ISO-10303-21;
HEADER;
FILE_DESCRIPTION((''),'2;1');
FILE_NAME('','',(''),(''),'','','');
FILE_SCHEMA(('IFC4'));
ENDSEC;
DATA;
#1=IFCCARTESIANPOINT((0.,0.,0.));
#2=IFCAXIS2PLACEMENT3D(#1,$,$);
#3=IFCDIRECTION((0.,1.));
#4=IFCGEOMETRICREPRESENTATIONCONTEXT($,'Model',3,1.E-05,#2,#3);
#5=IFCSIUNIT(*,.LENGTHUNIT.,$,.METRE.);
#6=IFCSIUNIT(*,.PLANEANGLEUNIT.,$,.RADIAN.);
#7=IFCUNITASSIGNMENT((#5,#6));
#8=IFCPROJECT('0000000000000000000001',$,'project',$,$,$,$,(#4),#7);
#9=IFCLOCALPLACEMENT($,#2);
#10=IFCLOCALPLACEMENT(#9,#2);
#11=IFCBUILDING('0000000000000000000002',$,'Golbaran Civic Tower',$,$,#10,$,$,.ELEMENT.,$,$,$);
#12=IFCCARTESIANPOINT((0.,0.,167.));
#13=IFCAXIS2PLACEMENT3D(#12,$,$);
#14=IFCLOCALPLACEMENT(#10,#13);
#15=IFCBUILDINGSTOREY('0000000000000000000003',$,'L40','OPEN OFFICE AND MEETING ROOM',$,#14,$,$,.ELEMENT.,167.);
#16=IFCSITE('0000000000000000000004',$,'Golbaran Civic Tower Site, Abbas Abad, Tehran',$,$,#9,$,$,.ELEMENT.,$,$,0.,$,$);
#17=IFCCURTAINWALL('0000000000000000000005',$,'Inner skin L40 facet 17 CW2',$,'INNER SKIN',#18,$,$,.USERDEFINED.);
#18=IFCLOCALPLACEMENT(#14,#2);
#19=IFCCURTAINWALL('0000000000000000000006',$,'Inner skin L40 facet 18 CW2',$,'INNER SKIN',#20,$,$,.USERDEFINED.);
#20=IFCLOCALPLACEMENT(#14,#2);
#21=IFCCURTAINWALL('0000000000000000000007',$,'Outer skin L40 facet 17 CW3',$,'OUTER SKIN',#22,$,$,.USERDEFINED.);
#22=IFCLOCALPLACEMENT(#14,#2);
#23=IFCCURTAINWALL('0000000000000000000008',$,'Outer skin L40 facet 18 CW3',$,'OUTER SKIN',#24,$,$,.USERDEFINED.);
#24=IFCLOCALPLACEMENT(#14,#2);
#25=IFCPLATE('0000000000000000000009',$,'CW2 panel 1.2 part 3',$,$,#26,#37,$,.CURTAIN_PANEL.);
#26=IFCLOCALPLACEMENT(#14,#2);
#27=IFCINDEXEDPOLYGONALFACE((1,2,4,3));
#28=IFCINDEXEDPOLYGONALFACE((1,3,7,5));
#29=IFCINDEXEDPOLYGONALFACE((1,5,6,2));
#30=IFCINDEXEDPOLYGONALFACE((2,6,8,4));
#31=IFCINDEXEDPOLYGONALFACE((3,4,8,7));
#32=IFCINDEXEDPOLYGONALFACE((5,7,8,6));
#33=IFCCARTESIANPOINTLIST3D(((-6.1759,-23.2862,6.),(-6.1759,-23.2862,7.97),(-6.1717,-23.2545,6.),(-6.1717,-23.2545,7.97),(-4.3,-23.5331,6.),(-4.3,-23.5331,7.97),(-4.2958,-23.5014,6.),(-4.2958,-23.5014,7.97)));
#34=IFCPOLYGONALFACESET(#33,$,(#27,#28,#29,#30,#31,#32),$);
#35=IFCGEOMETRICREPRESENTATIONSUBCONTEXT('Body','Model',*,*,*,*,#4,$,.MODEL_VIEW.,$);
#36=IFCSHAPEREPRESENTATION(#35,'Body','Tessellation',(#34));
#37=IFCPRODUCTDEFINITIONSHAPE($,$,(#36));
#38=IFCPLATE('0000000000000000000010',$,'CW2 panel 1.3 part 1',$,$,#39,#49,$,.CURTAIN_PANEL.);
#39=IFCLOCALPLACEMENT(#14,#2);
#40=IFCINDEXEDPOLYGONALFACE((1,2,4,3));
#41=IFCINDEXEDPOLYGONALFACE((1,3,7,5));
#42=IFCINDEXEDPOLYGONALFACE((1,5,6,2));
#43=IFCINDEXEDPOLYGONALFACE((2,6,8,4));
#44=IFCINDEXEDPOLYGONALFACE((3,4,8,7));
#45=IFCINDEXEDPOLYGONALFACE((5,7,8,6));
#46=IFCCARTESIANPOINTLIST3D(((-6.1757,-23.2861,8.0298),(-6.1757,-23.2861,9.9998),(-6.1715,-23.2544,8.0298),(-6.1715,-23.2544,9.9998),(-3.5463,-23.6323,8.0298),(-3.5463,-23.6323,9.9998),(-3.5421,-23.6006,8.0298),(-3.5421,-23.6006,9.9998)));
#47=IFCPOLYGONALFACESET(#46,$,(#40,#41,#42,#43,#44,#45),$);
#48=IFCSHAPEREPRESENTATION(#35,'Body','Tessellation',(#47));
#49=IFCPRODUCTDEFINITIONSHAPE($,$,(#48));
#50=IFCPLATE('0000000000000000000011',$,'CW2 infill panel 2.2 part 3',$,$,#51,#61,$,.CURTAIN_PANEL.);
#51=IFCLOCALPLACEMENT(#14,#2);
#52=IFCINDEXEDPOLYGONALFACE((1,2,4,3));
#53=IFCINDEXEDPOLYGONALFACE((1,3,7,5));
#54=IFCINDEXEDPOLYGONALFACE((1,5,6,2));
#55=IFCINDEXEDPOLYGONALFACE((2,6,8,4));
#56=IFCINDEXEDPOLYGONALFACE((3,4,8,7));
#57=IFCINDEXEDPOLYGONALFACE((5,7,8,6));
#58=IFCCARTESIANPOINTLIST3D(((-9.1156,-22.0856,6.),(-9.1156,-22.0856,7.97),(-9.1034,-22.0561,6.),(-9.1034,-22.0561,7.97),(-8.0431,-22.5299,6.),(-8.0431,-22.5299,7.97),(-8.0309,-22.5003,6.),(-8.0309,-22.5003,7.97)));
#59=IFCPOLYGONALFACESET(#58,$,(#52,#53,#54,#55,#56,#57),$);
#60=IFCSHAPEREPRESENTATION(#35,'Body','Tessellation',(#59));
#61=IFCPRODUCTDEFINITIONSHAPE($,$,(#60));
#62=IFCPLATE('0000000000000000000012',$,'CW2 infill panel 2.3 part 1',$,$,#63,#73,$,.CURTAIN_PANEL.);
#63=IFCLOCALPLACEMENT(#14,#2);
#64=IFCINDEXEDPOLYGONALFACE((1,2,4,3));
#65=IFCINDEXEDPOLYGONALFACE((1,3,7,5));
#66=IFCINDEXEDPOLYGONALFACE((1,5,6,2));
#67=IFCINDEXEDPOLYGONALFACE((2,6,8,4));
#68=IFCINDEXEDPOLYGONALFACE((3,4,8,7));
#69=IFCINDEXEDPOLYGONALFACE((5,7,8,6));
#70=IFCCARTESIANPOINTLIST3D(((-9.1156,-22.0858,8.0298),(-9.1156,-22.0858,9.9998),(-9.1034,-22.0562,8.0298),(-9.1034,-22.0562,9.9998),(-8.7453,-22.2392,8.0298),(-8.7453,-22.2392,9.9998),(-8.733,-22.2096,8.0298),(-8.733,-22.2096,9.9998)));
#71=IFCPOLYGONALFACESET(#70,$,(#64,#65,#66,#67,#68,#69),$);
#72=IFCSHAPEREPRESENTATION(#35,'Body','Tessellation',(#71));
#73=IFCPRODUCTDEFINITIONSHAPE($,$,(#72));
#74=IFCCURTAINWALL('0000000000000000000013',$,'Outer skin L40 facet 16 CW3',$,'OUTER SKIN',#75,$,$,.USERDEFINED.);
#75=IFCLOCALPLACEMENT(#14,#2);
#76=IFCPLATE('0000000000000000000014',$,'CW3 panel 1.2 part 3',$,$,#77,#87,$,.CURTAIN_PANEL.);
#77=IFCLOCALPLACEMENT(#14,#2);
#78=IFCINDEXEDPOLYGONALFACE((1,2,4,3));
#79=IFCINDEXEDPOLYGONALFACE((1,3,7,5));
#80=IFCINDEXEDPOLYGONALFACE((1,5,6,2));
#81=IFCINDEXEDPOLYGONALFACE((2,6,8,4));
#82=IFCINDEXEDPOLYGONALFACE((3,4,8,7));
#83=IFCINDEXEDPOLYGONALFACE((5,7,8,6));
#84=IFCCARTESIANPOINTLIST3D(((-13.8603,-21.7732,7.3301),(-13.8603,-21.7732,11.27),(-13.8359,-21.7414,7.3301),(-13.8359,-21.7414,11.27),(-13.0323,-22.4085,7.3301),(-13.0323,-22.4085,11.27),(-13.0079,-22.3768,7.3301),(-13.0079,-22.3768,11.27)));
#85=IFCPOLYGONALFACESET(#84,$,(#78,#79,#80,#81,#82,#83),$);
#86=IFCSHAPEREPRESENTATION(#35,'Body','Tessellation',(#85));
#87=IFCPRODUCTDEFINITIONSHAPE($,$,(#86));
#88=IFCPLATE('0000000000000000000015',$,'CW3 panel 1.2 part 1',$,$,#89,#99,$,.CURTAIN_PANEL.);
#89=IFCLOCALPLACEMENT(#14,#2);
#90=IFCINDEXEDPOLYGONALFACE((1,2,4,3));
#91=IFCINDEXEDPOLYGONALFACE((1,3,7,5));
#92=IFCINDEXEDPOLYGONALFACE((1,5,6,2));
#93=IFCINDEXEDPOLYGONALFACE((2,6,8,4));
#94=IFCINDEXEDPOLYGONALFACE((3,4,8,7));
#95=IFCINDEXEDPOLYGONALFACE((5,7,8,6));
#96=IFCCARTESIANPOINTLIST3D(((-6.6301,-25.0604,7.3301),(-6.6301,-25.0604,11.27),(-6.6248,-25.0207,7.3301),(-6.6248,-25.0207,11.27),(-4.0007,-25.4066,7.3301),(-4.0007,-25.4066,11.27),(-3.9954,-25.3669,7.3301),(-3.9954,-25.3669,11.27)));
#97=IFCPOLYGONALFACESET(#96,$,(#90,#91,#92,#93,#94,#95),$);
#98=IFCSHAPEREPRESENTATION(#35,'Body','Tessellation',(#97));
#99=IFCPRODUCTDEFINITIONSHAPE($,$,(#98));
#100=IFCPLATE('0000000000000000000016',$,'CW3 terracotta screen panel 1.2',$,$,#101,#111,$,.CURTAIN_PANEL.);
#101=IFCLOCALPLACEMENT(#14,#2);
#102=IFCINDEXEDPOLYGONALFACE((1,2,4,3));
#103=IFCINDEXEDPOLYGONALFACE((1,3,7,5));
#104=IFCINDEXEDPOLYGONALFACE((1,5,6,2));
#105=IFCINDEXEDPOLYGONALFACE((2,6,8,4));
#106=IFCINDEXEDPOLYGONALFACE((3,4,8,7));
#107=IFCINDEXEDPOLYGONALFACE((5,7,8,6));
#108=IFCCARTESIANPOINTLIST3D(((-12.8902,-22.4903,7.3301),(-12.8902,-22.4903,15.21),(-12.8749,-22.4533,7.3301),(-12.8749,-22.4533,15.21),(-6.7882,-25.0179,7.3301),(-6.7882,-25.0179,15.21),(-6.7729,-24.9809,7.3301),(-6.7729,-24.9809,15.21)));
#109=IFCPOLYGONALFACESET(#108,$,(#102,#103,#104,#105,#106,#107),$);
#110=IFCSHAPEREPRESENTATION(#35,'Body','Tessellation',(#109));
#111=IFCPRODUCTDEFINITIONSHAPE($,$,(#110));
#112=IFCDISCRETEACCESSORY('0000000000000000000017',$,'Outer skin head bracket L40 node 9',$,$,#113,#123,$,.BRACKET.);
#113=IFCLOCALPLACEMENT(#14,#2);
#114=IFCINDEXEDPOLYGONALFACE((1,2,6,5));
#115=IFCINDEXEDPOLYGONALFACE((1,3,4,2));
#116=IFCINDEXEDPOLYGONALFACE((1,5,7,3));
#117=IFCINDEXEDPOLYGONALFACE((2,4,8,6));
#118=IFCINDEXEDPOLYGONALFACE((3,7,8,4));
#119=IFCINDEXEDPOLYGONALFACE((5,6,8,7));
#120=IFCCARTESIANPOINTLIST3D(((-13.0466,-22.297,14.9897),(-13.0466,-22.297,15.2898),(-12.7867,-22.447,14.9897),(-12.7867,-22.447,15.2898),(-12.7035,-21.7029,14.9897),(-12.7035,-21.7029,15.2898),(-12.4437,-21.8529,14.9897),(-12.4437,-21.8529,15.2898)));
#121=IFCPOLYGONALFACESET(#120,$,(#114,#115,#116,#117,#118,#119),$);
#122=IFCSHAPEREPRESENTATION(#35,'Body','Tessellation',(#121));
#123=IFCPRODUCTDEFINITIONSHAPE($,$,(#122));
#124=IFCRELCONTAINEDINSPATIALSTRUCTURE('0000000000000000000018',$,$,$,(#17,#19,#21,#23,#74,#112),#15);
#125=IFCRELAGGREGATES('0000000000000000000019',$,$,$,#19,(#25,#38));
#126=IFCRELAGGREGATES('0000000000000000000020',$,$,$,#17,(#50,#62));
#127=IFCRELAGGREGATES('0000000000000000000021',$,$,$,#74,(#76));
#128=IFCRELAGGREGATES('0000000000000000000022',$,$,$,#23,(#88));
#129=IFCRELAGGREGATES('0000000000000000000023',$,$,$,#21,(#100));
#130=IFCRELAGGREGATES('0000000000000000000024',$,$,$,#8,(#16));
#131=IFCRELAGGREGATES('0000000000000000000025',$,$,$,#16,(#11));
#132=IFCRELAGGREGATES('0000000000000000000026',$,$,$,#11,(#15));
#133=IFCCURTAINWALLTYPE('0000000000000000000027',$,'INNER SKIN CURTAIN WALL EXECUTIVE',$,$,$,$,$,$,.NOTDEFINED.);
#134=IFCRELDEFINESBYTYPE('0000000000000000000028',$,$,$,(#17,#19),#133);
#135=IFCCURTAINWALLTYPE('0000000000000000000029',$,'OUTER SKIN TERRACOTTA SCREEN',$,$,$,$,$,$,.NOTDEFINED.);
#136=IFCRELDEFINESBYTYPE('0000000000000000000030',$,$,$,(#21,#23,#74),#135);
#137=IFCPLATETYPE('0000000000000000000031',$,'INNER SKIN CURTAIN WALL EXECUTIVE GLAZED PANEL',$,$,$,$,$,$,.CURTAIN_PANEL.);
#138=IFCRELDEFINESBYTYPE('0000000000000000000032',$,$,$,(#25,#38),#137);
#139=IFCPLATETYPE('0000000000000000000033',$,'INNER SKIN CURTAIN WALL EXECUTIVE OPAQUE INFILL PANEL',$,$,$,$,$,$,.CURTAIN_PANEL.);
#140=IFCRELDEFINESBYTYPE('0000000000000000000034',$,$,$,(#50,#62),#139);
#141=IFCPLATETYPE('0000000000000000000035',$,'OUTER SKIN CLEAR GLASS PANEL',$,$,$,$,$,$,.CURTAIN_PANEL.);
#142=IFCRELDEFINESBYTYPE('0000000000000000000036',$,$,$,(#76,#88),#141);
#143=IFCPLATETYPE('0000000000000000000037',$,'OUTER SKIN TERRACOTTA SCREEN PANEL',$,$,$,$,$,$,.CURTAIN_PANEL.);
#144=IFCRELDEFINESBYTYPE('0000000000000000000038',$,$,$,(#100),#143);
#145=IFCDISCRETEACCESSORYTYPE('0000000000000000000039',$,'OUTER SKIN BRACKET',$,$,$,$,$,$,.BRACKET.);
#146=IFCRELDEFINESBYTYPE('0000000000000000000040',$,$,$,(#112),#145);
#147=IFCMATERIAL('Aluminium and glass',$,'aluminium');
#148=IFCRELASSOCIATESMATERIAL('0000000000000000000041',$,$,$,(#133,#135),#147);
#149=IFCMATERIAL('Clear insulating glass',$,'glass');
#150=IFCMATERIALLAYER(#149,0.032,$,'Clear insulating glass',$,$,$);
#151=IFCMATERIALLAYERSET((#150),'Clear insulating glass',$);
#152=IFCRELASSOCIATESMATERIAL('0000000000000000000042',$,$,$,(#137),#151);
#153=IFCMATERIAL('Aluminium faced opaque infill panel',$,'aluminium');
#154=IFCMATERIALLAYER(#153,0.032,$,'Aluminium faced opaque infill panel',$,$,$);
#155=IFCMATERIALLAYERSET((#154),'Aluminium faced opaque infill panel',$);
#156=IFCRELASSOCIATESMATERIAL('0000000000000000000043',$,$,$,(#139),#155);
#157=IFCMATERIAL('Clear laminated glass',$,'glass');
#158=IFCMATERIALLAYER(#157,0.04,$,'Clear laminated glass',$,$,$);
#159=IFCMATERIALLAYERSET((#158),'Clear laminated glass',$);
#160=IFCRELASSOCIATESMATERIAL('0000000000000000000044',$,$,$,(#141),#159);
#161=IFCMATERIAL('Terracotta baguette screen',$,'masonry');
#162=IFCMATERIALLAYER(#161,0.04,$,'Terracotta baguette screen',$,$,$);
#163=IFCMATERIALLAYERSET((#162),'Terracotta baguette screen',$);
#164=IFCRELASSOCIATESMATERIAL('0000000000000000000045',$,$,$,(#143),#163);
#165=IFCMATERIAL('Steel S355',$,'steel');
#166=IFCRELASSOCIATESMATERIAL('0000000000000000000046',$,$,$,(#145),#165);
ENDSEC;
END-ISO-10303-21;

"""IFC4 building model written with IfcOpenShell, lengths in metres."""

from ifc_helpers import new_model, si_unit, direction, frame, origin, origin_2d, place, context, subcontext, project, spatial, rectangle, extrude, material, layer, layer_set, type_object, element, aggregate, save


model = new_model("IFC4")

# Units and contexts
model_context = context("Model", 3, precision=1e-05, world=origin(), true_north=direction((0.0, 1.0)))
body_context = subcontext(model_context, "Body", "Model", "MODEL_VIEW")
ifc_project = project(units=[si_unit("LENGTHUNIT", "METRE"), si_unit("PLANEANGLEUNIT", "RADIAN")], contexts=[model_context])

# Site, building, storey
site_placement = place(None, origin())
site = spatial("IfcSite", under=ifc_project, at=site_placement, Name="Golbaran Civic Tower Site, Abbas Abad, Tehran", CompositionType="ELEMENT", RefElevation=0.0)
building_placement = place(site_placement, origin())
building = spatial("IfcBuilding", under=site, at=building_placement, Name="Golbaran Civic Tower", CompositionType="ELEMENT")
storey_placement = place(building_placement, frame((0.0, 0.0, 167.0)))
storey = spatial("IfcBuildingStorey", under=building, at=storey_placement, Name="L40", Description="OPEN OFFICE AND MEETING ROOM", CompositionType="ELEMENT", Elevation=167.0)

# Curtain walls
ifc_material_1 = material(Name="Aluminium and glass", Category="aluminium")
curtain_wall_type_1 = type_object("IfcCurtainWallType", Name="INNER SKIN CURTAIN WALL EXECUTIVE", PredefinedType="NOTDEFINED", material=ifc_material_1)
curtain_wall_1_placement = place(storey_placement, origin())
curtain_wall_1 = element("IfcCurtainWall", 1, at=curtain_wall_1_placement, inside=storey, type_object=curtain_wall_type_1, Name="Inner skin L40 facet 17 CW2", ObjectType="INNER SKIN", PredefinedType="USERDEFINED")
curtain_wall_2_placement = place(storey_placement, origin())
curtain_wall_2 = element("IfcCurtainWall", 2, at=curtain_wall_2_placement, inside=storey, type_object=curtain_wall_type_1, Name="Inner skin L40 facet 18 CW2", ObjectType="INNER SKIN", PredefinedType="USERDEFINED")
curtain_wall_type_2 = type_object("IfcCurtainWallType", Name="OUTER SKIN TERRACOTTA SCREEN", PredefinedType="NOTDEFINED", material=ifc_material_1)
curtain_wall_3_placement = place(storey_placement, origin())
curtain_wall_3 = element("IfcCurtainWall", 3, at=curtain_wall_3_placement, inside=storey, type_object=curtain_wall_type_2, Name="Outer skin L40 facet 17 CW3", ObjectType="OUTER SKIN", PredefinedType="USERDEFINED")
curtain_wall_4_placement = place(storey_placement, origin())
curtain_wall_4 = element("IfcCurtainWall", 4, at=curtain_wall_4_placement, inside=storey, type_object=curtain_wall_type_2, Name="Outer skin L40 facet 18 CW3", ObjectType="OUTER SKIN", PredefinedType="USERDEFINED")

# Plates
ifc_material_2 = material(Name="Clear insulating glass", Category="glass")
ifc_layer_1 = layer(ifc_material_2, 0.032, Name="Clear insulating glass")
ifc_layer_set_1 = layer_set([ifc_layer_1], Name="Clear insulating glass")
plate_type_1 = type_object("IfcPlateType", Name="INNER SKIN CURTAIN WALL EXECUTIVE GLAZED PANEL", PredefinedType="CURTAIN_PANEL", material=ifc_layer_set_1)
plate_1_placement = place(storey_placement, frame((-5.2358, -23.3938, 6.0), z_axis=(0.0, 0.0, 1.0), x_axis=(0.991445, -0.130526, 0.0)))
plate_1 = element("IfcPlate", 5, at=plate_1_placement, type_object=plate_type_1, Name="CW2 panel 1.2 part 3", PredefinedType="CURTAIN_PANEL", context=body_context, shape_type="SweptSolid", body=[
    extrude(rectangle(XDim=1.8921, YDim=0.032, at=origin_2d()), origin(), (0.0, 0.0, 1.0), 1.97),
])
plate_2_placement = place(storey_placement, frame((-4.8589, -23.4434, 8.0298), z_axis=(0.0, 0.0, 1.0), x_axis=(0.991445, -0.130526, 0.0)))
plate_2 = element("IfcPlate", 6, at=plate_2_placement, type_object=plate_type_1, Name="CW2 panel 1.3 part 1", PredefinedType="CURTAIN_PANEL", context=body_context, shape_type="SweptSolid", body=[
    extrude(rectangle(XDim=2.6521, YDim=0.032, at=origin_2d()), origin(), (0.0, 0.0, 1.0), 1.97),
])
aggregate(curtain_wall_2, [plate_1, plate_2])
ifc_material_3 = material(Name="Aluminium faced opaque infill panel", Category="aluminium")
ifc_layer_2 = layer(ifc_material_3, 0.032, Name="Aluminium faced opaque infill panel")
ifc_layer_set_2 = layer_set([ifc_layer_2], Name="Aluminium faced opaque infill panel")
plate_type_2 = type_object("IfcPlateType", Name="INNER SKIN CURTAIN WALL EXECUTIVE OPAQUE INFILL PANEL", PredefinedType="CURTAIN_PANEL", material=ifc_layer_set_2)
plate_3_placement = place(storey_placement, frame((-8.5732, -22.293, 6.0), z_axis=(0.0, 0.0, 1.0), x_axis=(0.92388, -0.382683, 0.0)))
plate_3 = element("IfcPlate", 7, at=plate_3_placement, type_object=plate_type_2, Name="CW2 infill panel 2.2 part 3", PredefinedType="CURTAIN_PANEL", context=body_context, shape_type="SweptSolid", body=[
    extrude(rectangle(XDim=1.1609, YDim=0.032, at=origin_2d()), origin(), (0.0, 0.0, 1.0), 1.97),
])
plate_4_placement = place(storey_placement, frame((-8.9243, -22.1477, 8.0298), z_axis=(0.0, 0.0, 1.0), x_axis=(0.92388, -0.382683, 0.0)))
plate_4 = element("IfcPlate", 8, at=plate_4_placement, type_object=plate_type_2, Name="CW2 infill panel 2.3 part 1", PredefinedType="CURTAIN_PANEL", context=body_context, shape_type="SweptSolid", body=[
    extrude(rectangle(XDim=0.4009, YDim=0.032, at=origin_2d()), origin(), (0.0, 0.0, 1.0), 1.97),
])
aggregate(curtain_wall_1, [plate_3, plate_4])

# Curtain wall, plate
curtain_wall_5_placement = place(storey_placement, origin())
curtain_wall_5 = element("IfcCurtainWall", 9, at=curtain_wall_5_placement, inside=storey, type_object=curtain_wall_type_2, Name="Outer skin L40 facet 16 CW3", ObjectType="OUTER SKIN", PredefinedType="USERDEFINED")
ifc_material_4 = material(Name="Clear laminated glass", Category="glass")
ifc_layer_3 = layer(ifc_material_4, 0.04, Name="Clear laminated glass")
ifc_layer_set_3 = layer_set([ifc_layer_3], Name="Clear laminated glass")
plate_type_3 = type_object("IfcPlateType", Name="OUTER SKIN CLEAR GLASS PANEL", PredefinedType="CURTAIN_PANEL", material=ifc_layer_set_3)
plate_5_placement = place(storey_placement, frame((-13.4341, -22.075, 7.3301), z_axis=(0.0, 0.0, 1.0), x_axis=(0.793353, -0.608761, 0.0)))
plate_5 = element("IfcPlate", 10, at=plate_5_placement, type_object=plate_type_3, Name="CW3 panel 1.2 part 3", PredefinedType="CURTAIN_PANEL", context=body_context, shape_type="SweptSolid", body=[
    extrude(rectangle(XDim=1.0437, YDim=0.04, at=origin_2d()), origin(), (0.0, 0.0, 1.0), 3.9399),
])
aggregate(curtain_wall_5, [plate_5])

# Plates
plate_6_placement = place(storey_placement, frame((-5.3127, -25.2136, 7.3301), z_axis=(0.0, 0.0, 1.0), x_axis=(0.991445, -0.130526, 0.0)))
plate_6 = element("IfcPlate", 11, at=plate_6_placement, type_object=plate_type_3, Name="CW3 panel 1.2 part 1", PredefinedType="CURTAIN_PANEL", context=body_context, shape_type="SweptSolid", body=[
    extrude(rectangle(XDim=2.6521, YDim=0.04, at=origin_2d()), origin(), (0.0, 0.0, 1.0), 3.9399),
])
aggregate(curtain_wall_4, [plate_6])
ifc_material_5 = material(Name="Terracotta baguette screen", Category="masonry")
ifc_layer_4 = layer(ifc_material_5, 0.04, Name="Terracotta baguette screen")
ifc_layer_set_4 = layer_set([ifc_layer_4], Name="Terracotta baguette screen")
plate_type_4 = type_object("IfcPlateType", Name="OUTER SKIN TERRACOTTA SCREEN PANEL", PredefinedType="CURTAIN_PANEL", material=ifc_layer_set_4)
plate_7_placement = place(storey_placement, frame((-9.8315, -23.7356, 7.3301), z_axis=(0.0, 0.0, 1.0), x_axis=(0.92388, -0.382683, 0.0)))
plate_7 = element("IfcPlate", 12, at=plate_7_placement, type_object=plate_type_4, Name="CW3 terracotta screen panel 1.2", PredefinedType="CURTAIN_PANEL", context=body_context, shape_type="SweptSolid", body=[
    extrude(rectangle(XDim=6.6047, YDim=0.04, at=origin_2d()), origin(), (0.0, 0.0, 1.0), 7.8799),
])
aggregate(curtain_wall_3, [plate_7])

# Discrete accessory
ifc_material_6 = material(Name="Steel S355", Category="steel")
discrete_accessory_type = type_object("IfcDiscreteAccessoryType", Name="OUTER SKIN BRACKET", PredefinedType="BRACKET", material=ifc_material_6)
discrete_accessory_placement = place(storey_placement, frame((-12.7451, -22.075, 14.9897), z_axis=(0.0, 0.0, 1.0), x_axis=(-0.5, -0.866025, 0.0)))
element("IfcDiscreteAccessory", 13, at=discrete_accessory_placement, inside=storey, type_object=discrete_accessory_type, Name="Outer skin head bracket L40 node 9", PredefinedType="BRACKET", context=body_context, shape_type="SweptSolid", body=[
    extrude(rectangle(XDim=0.686, YDim=0.3, at=origin_2d()), origin(), (0.0, 0.0, 1.0), 0.3),
])

save(model, "model.ifc")
